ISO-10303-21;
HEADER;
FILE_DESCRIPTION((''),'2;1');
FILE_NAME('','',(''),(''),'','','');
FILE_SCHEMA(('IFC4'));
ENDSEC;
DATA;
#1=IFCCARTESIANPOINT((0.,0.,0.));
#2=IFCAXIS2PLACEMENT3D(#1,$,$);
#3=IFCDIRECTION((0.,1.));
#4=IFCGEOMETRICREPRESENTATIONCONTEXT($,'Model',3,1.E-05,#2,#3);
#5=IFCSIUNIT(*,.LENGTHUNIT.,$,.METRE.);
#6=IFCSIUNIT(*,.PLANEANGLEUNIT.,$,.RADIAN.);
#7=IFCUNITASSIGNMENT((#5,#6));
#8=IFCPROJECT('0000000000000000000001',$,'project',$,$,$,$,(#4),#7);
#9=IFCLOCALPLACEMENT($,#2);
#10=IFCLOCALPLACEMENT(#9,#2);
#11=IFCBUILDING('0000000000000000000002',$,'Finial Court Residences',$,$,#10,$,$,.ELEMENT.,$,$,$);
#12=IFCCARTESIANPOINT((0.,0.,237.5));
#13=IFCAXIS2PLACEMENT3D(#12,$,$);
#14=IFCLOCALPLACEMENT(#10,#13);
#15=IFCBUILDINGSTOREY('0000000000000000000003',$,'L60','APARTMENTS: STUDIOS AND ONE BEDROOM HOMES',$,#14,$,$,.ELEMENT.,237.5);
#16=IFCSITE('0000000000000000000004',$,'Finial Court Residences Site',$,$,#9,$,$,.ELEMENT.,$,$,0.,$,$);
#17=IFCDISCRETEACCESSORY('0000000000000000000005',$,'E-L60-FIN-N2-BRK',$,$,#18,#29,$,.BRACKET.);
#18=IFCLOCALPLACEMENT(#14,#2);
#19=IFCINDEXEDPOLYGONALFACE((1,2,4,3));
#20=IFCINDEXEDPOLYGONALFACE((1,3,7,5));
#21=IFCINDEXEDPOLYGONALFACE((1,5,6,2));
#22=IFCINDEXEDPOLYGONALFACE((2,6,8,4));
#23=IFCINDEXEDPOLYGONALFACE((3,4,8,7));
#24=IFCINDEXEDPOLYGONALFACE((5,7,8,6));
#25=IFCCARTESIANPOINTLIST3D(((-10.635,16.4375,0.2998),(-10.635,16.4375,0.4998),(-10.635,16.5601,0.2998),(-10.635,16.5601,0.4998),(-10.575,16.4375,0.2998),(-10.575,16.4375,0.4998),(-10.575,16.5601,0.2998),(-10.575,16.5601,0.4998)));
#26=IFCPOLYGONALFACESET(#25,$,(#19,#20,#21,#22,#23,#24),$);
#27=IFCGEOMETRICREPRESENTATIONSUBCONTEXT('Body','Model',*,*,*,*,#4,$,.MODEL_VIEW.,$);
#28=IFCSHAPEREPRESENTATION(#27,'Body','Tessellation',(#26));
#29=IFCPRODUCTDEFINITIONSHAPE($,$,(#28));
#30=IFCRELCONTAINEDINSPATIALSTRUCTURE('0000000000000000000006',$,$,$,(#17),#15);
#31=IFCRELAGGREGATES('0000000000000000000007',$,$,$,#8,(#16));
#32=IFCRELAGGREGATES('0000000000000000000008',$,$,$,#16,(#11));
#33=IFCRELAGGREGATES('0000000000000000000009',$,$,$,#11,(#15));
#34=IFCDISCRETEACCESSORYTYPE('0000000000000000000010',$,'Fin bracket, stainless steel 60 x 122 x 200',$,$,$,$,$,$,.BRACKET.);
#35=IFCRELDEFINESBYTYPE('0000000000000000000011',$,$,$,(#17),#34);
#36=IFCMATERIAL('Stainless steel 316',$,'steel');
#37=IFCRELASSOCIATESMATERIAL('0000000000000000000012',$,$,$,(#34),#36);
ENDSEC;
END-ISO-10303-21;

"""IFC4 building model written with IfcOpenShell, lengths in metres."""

from ifc_helpers import new_model, si_unit, direction, frame, origin, origin_2d, place, context, subcontext, project, spatial, rectangle, extrude, material, type_object, element, save


model = new_model("IFC4")

# Units and contexts
model_context = context("Model", 3, precision=1e-05, world=origin(), true_north=direction((0.0, 1.0)))
body_context = subcontext(model_context, "Body", "Model", "MODEL_VIEW")
ifc_project = project(units=[si_unit("LENGTHUNIT", "METRE"), si_unit("PLANEANGLEUNIT", "RADIAN")], contexts=[model_context])

# Site, building, storey
site_placement = place(None, origin())
site = spatial("IfcSite", under=ifc_project, at=site_placement, Name="Finial Court Residences Site", CompositionType="ELEMENT", RefElevation=0.0)
building_placement = place(site_placement, origin())
building = spatial("IfcBuilding", under=site, at=building_placement, Name="Finial Court Residences", CompositionType="ELEMENT")
storey_placement = place(building_placement, frame((0.0, 0.0, 237.5)))
storey = spatial("IfcBuildingStorey", under=building, at=storey_placement, Name="L60", Description="APARTMENTS: STUDIOS AND ONE BEDROOM HOMES", CompositionType="ELEMENT", Elevation=237.5)

# Discrete accessory
ifc_material_1 = material(Name="Stainless steel 316", Category="steel")
discrete_accessory_type = type_object("IfcDiscreteAccessoryType", Name="Fin bracket, stainless steel 60 x 122 x 200", PredefinedType="BRACKET", material=ifc_material_1)
discrete_accessory_placement = place(storey_placement, frame((-10.605, 16.4988, 0.2998), z_axis=(0.0, 0.0, 1.0), x_axis=(1.0, 0.0, 0.0)))
element("IfcDiscreteAccessory", 1, at=discrete_accessory_placement, inside=storey, type_object=discrete_accessory_type, Name="E-L60-FIN-N2-BRK", PredefinedType="BRACKET", context=body_context, shape_type="SweptSolid", body=[
    extrude(rectangle(XDim=0.0601, YDim=0.1226, at=origin_2d()), origin(), (0.0, 0.0, 1.0), 0.2),
])

save(model, "model.ifc")
